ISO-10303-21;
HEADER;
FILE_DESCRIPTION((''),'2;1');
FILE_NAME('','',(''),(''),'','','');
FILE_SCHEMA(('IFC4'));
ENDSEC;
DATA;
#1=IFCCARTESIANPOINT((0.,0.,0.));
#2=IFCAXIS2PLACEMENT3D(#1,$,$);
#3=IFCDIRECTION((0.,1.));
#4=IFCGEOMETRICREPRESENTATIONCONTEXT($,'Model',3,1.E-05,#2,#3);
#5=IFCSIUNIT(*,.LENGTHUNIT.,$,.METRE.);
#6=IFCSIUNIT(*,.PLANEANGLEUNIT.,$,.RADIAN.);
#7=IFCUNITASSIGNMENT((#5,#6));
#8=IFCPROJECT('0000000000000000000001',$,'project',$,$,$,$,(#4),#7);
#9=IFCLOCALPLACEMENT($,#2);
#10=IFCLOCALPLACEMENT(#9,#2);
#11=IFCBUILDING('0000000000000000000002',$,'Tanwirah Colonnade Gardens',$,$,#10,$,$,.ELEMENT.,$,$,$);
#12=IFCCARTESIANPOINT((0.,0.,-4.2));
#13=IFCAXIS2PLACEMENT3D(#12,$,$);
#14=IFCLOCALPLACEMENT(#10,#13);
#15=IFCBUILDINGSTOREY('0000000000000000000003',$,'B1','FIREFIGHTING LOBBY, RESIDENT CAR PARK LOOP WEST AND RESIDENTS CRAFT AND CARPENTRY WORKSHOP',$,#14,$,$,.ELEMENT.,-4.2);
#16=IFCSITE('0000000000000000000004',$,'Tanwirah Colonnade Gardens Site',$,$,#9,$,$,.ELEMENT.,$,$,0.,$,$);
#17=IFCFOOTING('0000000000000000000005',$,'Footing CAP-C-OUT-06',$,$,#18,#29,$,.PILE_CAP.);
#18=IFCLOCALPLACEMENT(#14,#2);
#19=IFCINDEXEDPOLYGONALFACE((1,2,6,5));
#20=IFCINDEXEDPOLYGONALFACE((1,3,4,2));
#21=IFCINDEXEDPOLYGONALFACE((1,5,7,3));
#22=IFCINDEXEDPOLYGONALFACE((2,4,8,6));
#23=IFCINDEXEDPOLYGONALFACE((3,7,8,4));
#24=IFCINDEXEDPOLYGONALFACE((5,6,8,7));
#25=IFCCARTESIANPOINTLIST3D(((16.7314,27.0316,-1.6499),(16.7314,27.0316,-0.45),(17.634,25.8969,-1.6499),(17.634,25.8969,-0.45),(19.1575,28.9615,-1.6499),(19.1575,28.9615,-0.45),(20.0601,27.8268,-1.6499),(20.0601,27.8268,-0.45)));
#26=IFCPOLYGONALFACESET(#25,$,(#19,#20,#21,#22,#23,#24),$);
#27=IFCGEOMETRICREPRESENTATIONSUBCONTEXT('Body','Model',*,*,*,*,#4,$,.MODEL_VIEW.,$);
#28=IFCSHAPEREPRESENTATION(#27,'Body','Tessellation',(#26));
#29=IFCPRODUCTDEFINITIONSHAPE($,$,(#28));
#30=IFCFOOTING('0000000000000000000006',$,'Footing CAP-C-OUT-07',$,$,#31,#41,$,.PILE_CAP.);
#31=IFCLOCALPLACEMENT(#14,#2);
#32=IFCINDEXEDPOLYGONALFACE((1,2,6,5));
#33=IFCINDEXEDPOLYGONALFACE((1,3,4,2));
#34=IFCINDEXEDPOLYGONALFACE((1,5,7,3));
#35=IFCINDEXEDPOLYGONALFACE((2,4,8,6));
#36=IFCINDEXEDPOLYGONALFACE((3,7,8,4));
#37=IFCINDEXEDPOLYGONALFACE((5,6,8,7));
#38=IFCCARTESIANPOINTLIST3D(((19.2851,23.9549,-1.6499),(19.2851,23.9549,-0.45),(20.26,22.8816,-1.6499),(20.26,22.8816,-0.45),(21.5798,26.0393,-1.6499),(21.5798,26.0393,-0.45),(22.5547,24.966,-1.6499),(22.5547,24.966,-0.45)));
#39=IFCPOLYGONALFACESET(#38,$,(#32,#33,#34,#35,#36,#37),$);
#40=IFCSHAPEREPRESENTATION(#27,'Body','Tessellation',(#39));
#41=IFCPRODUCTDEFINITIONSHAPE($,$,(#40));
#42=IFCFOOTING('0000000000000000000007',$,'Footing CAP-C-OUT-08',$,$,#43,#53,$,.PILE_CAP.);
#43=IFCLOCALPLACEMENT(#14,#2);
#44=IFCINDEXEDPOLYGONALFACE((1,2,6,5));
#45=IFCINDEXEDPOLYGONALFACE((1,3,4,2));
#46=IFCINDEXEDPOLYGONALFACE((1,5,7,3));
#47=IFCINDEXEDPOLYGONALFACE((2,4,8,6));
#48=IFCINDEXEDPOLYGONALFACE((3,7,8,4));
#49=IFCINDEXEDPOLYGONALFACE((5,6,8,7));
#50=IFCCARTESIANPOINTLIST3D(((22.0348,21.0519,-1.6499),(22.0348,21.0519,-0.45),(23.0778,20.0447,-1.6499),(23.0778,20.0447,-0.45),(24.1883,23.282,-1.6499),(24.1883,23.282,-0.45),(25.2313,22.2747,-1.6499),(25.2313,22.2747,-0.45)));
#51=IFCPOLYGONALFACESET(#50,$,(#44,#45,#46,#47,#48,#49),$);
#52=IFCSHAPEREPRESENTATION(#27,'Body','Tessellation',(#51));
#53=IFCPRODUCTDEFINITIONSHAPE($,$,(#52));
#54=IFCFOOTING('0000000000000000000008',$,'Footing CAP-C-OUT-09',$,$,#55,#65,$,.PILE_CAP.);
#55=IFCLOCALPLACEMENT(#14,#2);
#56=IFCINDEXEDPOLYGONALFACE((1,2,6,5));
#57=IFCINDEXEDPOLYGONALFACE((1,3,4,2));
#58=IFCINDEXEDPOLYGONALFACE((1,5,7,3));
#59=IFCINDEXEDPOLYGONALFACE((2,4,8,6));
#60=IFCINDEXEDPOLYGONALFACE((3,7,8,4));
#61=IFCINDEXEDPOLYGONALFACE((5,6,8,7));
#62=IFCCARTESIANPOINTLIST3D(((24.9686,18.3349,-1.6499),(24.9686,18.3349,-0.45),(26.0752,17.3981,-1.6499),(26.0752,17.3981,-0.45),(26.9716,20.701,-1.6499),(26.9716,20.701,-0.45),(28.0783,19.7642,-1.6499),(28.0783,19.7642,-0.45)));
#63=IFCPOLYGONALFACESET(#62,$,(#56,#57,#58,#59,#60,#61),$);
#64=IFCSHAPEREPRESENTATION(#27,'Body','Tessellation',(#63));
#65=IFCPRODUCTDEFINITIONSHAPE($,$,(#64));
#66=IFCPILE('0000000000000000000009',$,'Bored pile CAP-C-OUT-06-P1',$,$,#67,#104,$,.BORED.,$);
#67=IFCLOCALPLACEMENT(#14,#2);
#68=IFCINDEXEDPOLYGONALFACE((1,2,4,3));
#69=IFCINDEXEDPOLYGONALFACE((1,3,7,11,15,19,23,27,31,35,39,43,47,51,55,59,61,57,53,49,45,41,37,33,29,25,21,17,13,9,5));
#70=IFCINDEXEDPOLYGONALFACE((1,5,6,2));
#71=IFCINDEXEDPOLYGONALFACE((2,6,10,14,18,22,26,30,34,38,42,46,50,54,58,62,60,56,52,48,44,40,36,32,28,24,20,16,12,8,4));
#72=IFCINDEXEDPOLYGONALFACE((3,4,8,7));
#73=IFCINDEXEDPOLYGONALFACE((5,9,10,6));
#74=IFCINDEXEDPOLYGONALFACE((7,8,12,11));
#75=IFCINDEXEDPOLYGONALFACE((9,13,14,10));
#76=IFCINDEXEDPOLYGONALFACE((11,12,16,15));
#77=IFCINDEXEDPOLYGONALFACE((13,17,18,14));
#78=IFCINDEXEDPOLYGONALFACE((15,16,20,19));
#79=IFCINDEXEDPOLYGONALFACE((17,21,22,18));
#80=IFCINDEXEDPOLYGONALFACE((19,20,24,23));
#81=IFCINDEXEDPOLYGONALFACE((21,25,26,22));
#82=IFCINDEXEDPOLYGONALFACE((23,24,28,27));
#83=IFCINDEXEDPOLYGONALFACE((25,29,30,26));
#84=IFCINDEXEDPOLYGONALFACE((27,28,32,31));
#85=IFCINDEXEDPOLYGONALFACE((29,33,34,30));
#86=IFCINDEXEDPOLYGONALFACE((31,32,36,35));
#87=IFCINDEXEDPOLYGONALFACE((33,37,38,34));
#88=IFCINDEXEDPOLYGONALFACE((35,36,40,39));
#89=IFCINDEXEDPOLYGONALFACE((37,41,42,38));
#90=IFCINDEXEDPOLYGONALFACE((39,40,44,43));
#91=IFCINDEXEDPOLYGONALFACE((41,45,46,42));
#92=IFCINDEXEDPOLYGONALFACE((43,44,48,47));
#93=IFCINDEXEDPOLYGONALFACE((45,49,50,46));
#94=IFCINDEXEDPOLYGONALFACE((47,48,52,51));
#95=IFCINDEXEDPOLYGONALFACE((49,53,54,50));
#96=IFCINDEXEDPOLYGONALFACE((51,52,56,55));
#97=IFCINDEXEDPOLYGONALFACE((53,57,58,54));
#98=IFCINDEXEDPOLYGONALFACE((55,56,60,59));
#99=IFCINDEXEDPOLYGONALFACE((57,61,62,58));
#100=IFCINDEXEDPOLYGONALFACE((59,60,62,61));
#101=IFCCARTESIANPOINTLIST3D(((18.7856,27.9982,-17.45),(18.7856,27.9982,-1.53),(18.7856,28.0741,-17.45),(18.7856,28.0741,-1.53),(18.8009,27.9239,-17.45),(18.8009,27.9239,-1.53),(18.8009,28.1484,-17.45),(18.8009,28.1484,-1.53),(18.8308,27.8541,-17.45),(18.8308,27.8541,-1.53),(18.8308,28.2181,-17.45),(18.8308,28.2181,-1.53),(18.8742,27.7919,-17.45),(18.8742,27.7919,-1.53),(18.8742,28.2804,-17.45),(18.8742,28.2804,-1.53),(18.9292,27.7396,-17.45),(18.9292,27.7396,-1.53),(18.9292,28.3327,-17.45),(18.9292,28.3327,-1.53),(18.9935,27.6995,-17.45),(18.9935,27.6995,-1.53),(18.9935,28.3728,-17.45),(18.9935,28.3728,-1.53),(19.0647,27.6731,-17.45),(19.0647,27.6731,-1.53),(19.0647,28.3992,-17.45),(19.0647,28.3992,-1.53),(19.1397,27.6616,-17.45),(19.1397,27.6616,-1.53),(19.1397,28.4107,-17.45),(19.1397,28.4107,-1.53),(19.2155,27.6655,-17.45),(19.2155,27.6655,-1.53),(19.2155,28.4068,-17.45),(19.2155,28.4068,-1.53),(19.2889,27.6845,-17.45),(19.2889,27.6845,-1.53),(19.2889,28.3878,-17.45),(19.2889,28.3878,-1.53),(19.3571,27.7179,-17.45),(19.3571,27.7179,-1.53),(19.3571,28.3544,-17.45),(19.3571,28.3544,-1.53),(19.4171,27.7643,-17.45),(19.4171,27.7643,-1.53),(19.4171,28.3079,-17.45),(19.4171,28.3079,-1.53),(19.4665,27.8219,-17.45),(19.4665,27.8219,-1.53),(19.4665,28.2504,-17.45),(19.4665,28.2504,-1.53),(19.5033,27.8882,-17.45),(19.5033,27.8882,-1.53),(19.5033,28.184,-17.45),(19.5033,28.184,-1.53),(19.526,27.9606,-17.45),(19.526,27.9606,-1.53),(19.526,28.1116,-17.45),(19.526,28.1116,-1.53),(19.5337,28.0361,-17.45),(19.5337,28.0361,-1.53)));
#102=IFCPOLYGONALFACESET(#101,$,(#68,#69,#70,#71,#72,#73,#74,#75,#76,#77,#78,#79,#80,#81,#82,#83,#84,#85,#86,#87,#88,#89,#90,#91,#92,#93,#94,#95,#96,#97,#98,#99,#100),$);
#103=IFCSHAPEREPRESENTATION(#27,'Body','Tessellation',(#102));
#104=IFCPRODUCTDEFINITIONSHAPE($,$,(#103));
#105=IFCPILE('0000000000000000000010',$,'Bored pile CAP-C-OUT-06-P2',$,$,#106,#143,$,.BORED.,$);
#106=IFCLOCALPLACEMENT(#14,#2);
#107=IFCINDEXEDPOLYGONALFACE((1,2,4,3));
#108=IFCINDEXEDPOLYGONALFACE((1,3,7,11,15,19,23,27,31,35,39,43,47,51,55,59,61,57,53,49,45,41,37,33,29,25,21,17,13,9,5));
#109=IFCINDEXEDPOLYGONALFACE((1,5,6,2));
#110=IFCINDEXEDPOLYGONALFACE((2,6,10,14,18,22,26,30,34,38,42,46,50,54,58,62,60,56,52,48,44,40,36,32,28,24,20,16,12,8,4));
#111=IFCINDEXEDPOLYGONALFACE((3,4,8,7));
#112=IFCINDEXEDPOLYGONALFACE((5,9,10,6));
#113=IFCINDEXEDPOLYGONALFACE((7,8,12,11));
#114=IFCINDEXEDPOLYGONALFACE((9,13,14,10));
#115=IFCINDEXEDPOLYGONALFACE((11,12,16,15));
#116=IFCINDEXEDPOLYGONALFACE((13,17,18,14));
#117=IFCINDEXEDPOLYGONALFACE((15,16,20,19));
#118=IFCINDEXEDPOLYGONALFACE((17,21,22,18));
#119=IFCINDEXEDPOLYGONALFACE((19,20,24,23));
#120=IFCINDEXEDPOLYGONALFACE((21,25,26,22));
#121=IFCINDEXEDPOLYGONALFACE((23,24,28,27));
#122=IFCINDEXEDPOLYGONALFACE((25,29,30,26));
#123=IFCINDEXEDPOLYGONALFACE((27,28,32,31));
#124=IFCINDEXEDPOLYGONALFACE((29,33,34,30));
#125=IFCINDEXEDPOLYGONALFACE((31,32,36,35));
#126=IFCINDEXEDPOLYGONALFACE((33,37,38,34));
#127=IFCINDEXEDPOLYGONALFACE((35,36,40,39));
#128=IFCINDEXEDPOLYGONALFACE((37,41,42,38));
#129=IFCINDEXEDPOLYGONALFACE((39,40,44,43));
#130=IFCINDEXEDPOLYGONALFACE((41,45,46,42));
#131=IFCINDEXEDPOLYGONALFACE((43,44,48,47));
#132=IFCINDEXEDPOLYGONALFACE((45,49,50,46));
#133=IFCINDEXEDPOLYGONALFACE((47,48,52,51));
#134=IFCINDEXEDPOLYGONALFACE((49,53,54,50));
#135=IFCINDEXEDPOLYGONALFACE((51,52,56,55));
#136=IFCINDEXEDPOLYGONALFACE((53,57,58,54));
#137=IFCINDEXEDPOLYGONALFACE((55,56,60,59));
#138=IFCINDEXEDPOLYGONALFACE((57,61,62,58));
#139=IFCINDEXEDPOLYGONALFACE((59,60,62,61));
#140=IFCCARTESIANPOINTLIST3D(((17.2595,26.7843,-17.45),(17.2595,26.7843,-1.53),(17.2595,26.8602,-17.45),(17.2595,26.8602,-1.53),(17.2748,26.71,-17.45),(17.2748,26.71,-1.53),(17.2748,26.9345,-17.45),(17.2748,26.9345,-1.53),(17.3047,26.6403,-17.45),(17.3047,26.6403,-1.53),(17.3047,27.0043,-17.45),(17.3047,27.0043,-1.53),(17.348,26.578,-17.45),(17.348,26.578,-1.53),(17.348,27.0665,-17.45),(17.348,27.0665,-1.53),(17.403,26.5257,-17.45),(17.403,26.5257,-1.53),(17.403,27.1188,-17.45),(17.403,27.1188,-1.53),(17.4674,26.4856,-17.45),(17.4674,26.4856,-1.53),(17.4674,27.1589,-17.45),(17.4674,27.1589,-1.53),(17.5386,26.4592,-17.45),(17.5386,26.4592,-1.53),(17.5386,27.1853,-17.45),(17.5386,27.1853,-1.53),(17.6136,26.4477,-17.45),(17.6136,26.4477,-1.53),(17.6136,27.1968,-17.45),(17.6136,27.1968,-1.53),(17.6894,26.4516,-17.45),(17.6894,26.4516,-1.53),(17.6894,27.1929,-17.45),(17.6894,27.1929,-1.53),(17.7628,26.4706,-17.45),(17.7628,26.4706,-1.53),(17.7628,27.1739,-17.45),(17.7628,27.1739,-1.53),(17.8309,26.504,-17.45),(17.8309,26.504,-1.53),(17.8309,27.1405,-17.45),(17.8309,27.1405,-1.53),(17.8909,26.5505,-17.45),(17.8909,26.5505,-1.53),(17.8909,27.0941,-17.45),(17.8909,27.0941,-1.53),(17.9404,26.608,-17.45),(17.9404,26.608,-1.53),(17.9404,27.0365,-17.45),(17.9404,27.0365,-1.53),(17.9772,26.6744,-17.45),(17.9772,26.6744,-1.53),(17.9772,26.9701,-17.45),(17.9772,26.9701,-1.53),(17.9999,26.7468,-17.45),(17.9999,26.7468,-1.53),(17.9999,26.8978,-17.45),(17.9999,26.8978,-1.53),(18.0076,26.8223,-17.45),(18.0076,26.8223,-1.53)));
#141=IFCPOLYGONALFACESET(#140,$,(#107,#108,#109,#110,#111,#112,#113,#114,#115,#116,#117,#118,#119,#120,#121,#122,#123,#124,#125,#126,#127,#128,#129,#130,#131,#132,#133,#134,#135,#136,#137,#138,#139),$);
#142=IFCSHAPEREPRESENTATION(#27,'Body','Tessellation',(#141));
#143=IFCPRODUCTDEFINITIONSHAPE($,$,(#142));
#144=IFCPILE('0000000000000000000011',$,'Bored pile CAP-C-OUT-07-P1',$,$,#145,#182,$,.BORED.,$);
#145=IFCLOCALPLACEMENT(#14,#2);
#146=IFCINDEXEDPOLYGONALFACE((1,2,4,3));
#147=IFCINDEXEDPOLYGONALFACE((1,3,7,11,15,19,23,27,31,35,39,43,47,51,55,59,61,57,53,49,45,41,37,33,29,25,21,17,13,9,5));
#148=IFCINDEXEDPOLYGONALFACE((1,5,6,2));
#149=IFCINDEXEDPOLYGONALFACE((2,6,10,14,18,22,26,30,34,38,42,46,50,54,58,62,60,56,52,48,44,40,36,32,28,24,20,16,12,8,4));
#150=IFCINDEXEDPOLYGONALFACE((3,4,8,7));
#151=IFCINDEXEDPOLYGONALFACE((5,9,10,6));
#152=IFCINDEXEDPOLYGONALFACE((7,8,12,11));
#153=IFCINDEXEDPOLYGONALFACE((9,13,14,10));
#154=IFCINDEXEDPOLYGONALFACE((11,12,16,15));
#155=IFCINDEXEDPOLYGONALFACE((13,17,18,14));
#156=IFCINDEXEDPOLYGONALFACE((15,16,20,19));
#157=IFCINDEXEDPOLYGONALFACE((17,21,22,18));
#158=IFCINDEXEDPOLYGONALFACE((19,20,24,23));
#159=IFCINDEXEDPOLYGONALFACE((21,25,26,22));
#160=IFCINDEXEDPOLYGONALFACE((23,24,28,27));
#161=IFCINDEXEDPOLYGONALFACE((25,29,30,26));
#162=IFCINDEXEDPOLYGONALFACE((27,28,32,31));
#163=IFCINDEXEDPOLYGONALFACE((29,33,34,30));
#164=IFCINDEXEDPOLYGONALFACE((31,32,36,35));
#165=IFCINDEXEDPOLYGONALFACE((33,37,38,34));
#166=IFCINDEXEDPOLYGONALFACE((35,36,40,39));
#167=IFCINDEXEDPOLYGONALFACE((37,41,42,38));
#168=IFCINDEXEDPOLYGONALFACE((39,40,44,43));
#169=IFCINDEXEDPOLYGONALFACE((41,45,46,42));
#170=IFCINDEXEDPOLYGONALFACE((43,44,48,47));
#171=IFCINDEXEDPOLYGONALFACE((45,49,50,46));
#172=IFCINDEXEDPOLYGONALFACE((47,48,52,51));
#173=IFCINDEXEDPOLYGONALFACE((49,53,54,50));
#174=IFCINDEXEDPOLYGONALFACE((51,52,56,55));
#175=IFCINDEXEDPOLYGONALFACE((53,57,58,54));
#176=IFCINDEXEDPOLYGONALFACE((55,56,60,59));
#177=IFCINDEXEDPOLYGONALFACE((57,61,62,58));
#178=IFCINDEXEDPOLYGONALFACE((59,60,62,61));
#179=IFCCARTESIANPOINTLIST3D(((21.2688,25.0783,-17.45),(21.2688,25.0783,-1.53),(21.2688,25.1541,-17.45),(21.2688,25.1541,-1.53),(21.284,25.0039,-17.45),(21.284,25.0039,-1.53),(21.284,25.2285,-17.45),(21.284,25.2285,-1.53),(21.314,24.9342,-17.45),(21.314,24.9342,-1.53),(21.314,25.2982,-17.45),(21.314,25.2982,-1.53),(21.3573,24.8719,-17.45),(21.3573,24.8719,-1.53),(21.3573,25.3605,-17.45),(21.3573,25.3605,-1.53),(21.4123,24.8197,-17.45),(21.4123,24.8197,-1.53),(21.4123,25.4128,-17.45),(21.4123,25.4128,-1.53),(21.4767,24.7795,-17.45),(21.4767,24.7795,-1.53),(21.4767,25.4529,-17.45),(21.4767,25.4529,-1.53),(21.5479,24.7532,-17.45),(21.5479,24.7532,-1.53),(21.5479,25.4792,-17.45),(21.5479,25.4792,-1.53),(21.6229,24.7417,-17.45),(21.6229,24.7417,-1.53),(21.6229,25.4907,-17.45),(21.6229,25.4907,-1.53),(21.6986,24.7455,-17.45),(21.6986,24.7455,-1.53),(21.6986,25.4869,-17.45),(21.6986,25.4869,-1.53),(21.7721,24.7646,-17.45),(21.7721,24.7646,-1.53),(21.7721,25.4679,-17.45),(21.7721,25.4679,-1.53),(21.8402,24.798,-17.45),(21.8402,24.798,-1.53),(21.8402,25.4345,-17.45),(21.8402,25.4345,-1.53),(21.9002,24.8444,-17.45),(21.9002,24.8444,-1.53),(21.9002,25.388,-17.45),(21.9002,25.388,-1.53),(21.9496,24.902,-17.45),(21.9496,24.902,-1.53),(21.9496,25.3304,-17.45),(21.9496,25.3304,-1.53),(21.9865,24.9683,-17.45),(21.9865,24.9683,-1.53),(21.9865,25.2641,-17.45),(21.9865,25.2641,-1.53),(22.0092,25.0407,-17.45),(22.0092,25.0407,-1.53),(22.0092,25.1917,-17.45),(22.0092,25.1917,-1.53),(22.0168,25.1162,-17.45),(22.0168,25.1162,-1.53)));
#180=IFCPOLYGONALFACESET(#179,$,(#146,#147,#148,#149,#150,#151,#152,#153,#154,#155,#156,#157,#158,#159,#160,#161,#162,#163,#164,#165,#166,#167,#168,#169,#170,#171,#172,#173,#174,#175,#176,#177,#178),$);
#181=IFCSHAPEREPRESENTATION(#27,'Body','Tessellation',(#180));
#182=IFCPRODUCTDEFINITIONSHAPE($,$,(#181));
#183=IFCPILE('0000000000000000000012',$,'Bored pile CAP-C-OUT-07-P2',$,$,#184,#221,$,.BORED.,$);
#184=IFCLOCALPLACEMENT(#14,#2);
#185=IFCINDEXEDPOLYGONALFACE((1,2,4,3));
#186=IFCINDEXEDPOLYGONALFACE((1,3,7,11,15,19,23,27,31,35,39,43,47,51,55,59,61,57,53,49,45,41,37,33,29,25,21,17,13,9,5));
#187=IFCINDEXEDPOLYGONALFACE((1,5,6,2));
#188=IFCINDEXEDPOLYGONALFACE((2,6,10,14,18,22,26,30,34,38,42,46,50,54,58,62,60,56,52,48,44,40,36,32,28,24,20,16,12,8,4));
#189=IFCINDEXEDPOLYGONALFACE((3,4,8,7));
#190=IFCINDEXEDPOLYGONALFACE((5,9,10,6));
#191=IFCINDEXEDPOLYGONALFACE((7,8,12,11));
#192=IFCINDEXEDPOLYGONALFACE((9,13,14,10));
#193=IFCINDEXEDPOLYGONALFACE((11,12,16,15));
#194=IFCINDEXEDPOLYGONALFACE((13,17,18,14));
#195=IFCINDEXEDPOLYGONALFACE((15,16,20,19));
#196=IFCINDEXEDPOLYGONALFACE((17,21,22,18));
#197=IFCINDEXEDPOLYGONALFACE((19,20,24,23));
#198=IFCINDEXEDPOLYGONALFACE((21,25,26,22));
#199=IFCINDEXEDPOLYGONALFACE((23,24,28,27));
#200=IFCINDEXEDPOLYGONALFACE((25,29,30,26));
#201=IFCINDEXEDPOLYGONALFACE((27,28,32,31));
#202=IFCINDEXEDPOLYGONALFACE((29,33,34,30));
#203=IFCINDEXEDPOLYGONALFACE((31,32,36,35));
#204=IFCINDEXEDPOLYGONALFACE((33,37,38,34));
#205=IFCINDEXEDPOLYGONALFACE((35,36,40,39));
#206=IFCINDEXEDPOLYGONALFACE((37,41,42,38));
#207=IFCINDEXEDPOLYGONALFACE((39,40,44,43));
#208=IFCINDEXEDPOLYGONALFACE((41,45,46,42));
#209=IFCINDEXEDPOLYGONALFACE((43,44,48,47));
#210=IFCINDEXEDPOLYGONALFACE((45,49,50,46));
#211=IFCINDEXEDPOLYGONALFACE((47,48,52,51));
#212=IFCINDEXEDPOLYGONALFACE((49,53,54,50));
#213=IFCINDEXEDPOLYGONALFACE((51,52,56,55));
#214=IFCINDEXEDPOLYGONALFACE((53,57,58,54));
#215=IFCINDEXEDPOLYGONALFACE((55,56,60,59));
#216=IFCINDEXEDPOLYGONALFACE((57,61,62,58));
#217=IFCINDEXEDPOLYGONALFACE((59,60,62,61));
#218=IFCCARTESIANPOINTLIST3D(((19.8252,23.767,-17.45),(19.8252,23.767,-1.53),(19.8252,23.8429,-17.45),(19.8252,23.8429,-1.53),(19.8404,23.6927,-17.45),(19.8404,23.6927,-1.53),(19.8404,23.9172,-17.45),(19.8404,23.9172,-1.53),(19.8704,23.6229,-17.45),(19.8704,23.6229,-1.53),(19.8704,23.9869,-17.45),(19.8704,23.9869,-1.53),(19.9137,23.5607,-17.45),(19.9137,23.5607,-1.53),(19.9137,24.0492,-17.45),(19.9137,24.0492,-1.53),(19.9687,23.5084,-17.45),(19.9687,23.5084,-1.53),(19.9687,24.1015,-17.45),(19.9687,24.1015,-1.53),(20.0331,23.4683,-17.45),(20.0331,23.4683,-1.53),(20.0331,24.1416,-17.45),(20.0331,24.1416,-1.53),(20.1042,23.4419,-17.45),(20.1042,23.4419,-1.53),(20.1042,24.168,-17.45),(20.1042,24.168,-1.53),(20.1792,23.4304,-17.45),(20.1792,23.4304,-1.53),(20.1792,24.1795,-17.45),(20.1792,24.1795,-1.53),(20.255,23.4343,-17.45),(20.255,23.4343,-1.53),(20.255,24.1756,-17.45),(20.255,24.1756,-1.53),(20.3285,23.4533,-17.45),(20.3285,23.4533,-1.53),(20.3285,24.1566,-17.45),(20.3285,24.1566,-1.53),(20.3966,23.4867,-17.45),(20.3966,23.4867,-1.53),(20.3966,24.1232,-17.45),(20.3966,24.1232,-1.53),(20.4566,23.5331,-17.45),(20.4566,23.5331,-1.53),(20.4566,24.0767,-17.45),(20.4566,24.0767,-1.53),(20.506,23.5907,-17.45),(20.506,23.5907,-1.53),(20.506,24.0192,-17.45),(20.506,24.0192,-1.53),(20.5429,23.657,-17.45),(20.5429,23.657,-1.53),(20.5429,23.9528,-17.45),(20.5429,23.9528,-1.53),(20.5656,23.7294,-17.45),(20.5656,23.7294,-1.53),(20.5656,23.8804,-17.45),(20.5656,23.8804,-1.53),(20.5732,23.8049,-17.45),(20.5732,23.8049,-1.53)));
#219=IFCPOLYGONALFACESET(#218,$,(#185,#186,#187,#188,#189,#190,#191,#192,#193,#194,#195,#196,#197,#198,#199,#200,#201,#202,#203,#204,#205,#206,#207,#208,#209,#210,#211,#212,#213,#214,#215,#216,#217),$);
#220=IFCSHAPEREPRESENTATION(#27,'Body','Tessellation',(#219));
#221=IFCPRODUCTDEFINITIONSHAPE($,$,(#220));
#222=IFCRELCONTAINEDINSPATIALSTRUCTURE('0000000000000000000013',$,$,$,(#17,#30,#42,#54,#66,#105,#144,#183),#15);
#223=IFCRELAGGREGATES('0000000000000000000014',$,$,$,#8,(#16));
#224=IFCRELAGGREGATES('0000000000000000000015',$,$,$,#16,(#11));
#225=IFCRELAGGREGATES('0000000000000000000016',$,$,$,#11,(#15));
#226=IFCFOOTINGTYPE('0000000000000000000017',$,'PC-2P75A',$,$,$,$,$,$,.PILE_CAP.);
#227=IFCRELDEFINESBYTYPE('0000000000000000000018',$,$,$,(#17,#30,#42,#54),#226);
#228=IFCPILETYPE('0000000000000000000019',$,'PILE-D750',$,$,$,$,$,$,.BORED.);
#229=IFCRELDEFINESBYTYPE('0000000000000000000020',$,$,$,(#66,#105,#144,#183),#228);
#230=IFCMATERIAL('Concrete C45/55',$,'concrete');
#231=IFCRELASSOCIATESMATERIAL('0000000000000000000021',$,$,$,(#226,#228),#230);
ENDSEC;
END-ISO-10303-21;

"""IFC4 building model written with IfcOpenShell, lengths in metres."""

from ifc_helpers import new_model, si_unit, direction, frame, origin, origin_2d, place, context, subcontext, project, spatial, rectangle, circle, extrude, material, material_profile, profile_set, type_object, element, save


model = new_model("IFC4")

# Units and contexts
model_context = context("Model", 3, precision=1e-05, world=origin(), true_north=direction((0.0, 1.0)))
body_context = subcontext(model_context, "Body", "Model", "MODEL_VIEW")
ifc_project = project(units=[si_unit("LENGTHUNIT", "METRE"), si_unit("PLANEANGLEUNIT", "RADIAN")], contexts=[model_context])

# Site, building, storey
site_placement = place(None, origin())
site = spatial("IfcSite", under=ifc_project, at=site_placement, Name="Tanwirah Colonnade Gardens Site", CompositionType="ELEMENT", RefElevation=0.0)
building_placement = place(site_placement, origin())
building = spatial("IfcBuilding", under=site, at=building_placement, Name="Tanwirah Colonnade Gardens", CompositionType="ELEMENT")
storey_placement = place(building_placement, frame((0.0, 0.0, -4.2)))
storey = spatial("IfcBuildingStorey", under=building, at=storey_placement, Name="B1", Description="FIREFIGHTING LOBBY, RESIDENT CAR PARK LOOP WEST AND RESIDENTS CRAFT AND CARPENTRY WORKSHOP", CompositionType="ELEMENT", Elevation=-4.2)

# Footings
ifc_material_1 = material(Name="Concrete C45/55", Category="concrete")
footing_type = type_object("IfcFootingType", Name="PC-2P75A", PredefinedType="PILE_CAP", material=ifc_material_1)
for number, where, z_axis, x_axis, name in (
    (1, (18.3958, 27.4292, -1.6499), (0.0, 0.0, 1.0), (-0.782608, -0.622515, 0.0), "Footing CAP-C-OUT-06"),
    (2, (20.9199, 24.4604, -1.6499), (0.0, 0.0, 1.0), (-0.740218, -0.672367, 0.0), "Footing CAP-C-OUT-07"),
    (3, (23.6331, 21.6633, -1.6499), (0.0, 0.0, 1.0), (-0.694658, -0.71934, 0.0), "Footing CAP-C-OUT-08"),
    (4, (26.5234, 19.0496, -1.6499), (0.0, 0.0, 1.0), (-0.646124, -0.763232, 0.0), "Footing CAP-C-OUT-09"),
):
    element("IfcFooting", number, at=place(storey_placement, frame(where, z_axis=z_axis, x_axis=x_axis)), inside=storey, type_object=footing_type, Name=name, PredefinedType="PILE_CAP", context=body_context, shape_type="SweptSolid", body=[
        extrude(rectangle(XDim=3.1001, YDim=1.45, at=origin_2d()), origin(), (0.0, 0.0, 1.0), 1.2),
    ])

# Piles
ifc_material_profile_1 = material_profile(ifc_material_1, circle(Radius=0.375, at=origin_2d()), Name="PILE D750")
ifc_profile_set_1 = profile_set([ifc_material_profile_1], Name="Concrete C45/55")
pile_type_1 = type_object("IfcPileType", Name="PILE-D750", PredefinedType="BORED", material=ifc_profile_set_1)
for number, where, z_axis, x_axis, name in (
    (5, (19.1587, 28.0361, -1.53), (0.0, 0.0, -1.0), (1.0, 0.0, 0.0), "Bored pile CAP-C-OUT-06-P1"),
    (6, (17.6326, 26.8223, -1.53), (0.0, 0.0, -1.0), (1.0, 0.0, 0.0), "Bored pile CAP-C-OUT-06-P2"),
    (7, (21.6418, 25.1162, -1.53), (0.0, 0.0, -1.0), (1.0, 0.0, 0.0), "Bored pile CAP-C-OUT-07-P1"),
    (8, (20.1982, 23.8049, -1.53), (0.0, 0.0, -1.0), (1.0, 0.0, 0.0), "Bored pile CAP-C-OUT-07-P2"),
):
    element("IfcPile", number, at=place(storey_placement, frame(where, z_axis=z_axis, x_axis=x_axis)), inside=storey, type_object=pile_type_1, Name=name, PredefinedType="BORED", context=body_context, shape_type="SweptSolid", body=[
        extrude(circle(Radius=0.375, at=origin_2d()), origin(), (0.0, 0.0, 1.0), 15.9199),
    ])

save(model, "model.ifc")
